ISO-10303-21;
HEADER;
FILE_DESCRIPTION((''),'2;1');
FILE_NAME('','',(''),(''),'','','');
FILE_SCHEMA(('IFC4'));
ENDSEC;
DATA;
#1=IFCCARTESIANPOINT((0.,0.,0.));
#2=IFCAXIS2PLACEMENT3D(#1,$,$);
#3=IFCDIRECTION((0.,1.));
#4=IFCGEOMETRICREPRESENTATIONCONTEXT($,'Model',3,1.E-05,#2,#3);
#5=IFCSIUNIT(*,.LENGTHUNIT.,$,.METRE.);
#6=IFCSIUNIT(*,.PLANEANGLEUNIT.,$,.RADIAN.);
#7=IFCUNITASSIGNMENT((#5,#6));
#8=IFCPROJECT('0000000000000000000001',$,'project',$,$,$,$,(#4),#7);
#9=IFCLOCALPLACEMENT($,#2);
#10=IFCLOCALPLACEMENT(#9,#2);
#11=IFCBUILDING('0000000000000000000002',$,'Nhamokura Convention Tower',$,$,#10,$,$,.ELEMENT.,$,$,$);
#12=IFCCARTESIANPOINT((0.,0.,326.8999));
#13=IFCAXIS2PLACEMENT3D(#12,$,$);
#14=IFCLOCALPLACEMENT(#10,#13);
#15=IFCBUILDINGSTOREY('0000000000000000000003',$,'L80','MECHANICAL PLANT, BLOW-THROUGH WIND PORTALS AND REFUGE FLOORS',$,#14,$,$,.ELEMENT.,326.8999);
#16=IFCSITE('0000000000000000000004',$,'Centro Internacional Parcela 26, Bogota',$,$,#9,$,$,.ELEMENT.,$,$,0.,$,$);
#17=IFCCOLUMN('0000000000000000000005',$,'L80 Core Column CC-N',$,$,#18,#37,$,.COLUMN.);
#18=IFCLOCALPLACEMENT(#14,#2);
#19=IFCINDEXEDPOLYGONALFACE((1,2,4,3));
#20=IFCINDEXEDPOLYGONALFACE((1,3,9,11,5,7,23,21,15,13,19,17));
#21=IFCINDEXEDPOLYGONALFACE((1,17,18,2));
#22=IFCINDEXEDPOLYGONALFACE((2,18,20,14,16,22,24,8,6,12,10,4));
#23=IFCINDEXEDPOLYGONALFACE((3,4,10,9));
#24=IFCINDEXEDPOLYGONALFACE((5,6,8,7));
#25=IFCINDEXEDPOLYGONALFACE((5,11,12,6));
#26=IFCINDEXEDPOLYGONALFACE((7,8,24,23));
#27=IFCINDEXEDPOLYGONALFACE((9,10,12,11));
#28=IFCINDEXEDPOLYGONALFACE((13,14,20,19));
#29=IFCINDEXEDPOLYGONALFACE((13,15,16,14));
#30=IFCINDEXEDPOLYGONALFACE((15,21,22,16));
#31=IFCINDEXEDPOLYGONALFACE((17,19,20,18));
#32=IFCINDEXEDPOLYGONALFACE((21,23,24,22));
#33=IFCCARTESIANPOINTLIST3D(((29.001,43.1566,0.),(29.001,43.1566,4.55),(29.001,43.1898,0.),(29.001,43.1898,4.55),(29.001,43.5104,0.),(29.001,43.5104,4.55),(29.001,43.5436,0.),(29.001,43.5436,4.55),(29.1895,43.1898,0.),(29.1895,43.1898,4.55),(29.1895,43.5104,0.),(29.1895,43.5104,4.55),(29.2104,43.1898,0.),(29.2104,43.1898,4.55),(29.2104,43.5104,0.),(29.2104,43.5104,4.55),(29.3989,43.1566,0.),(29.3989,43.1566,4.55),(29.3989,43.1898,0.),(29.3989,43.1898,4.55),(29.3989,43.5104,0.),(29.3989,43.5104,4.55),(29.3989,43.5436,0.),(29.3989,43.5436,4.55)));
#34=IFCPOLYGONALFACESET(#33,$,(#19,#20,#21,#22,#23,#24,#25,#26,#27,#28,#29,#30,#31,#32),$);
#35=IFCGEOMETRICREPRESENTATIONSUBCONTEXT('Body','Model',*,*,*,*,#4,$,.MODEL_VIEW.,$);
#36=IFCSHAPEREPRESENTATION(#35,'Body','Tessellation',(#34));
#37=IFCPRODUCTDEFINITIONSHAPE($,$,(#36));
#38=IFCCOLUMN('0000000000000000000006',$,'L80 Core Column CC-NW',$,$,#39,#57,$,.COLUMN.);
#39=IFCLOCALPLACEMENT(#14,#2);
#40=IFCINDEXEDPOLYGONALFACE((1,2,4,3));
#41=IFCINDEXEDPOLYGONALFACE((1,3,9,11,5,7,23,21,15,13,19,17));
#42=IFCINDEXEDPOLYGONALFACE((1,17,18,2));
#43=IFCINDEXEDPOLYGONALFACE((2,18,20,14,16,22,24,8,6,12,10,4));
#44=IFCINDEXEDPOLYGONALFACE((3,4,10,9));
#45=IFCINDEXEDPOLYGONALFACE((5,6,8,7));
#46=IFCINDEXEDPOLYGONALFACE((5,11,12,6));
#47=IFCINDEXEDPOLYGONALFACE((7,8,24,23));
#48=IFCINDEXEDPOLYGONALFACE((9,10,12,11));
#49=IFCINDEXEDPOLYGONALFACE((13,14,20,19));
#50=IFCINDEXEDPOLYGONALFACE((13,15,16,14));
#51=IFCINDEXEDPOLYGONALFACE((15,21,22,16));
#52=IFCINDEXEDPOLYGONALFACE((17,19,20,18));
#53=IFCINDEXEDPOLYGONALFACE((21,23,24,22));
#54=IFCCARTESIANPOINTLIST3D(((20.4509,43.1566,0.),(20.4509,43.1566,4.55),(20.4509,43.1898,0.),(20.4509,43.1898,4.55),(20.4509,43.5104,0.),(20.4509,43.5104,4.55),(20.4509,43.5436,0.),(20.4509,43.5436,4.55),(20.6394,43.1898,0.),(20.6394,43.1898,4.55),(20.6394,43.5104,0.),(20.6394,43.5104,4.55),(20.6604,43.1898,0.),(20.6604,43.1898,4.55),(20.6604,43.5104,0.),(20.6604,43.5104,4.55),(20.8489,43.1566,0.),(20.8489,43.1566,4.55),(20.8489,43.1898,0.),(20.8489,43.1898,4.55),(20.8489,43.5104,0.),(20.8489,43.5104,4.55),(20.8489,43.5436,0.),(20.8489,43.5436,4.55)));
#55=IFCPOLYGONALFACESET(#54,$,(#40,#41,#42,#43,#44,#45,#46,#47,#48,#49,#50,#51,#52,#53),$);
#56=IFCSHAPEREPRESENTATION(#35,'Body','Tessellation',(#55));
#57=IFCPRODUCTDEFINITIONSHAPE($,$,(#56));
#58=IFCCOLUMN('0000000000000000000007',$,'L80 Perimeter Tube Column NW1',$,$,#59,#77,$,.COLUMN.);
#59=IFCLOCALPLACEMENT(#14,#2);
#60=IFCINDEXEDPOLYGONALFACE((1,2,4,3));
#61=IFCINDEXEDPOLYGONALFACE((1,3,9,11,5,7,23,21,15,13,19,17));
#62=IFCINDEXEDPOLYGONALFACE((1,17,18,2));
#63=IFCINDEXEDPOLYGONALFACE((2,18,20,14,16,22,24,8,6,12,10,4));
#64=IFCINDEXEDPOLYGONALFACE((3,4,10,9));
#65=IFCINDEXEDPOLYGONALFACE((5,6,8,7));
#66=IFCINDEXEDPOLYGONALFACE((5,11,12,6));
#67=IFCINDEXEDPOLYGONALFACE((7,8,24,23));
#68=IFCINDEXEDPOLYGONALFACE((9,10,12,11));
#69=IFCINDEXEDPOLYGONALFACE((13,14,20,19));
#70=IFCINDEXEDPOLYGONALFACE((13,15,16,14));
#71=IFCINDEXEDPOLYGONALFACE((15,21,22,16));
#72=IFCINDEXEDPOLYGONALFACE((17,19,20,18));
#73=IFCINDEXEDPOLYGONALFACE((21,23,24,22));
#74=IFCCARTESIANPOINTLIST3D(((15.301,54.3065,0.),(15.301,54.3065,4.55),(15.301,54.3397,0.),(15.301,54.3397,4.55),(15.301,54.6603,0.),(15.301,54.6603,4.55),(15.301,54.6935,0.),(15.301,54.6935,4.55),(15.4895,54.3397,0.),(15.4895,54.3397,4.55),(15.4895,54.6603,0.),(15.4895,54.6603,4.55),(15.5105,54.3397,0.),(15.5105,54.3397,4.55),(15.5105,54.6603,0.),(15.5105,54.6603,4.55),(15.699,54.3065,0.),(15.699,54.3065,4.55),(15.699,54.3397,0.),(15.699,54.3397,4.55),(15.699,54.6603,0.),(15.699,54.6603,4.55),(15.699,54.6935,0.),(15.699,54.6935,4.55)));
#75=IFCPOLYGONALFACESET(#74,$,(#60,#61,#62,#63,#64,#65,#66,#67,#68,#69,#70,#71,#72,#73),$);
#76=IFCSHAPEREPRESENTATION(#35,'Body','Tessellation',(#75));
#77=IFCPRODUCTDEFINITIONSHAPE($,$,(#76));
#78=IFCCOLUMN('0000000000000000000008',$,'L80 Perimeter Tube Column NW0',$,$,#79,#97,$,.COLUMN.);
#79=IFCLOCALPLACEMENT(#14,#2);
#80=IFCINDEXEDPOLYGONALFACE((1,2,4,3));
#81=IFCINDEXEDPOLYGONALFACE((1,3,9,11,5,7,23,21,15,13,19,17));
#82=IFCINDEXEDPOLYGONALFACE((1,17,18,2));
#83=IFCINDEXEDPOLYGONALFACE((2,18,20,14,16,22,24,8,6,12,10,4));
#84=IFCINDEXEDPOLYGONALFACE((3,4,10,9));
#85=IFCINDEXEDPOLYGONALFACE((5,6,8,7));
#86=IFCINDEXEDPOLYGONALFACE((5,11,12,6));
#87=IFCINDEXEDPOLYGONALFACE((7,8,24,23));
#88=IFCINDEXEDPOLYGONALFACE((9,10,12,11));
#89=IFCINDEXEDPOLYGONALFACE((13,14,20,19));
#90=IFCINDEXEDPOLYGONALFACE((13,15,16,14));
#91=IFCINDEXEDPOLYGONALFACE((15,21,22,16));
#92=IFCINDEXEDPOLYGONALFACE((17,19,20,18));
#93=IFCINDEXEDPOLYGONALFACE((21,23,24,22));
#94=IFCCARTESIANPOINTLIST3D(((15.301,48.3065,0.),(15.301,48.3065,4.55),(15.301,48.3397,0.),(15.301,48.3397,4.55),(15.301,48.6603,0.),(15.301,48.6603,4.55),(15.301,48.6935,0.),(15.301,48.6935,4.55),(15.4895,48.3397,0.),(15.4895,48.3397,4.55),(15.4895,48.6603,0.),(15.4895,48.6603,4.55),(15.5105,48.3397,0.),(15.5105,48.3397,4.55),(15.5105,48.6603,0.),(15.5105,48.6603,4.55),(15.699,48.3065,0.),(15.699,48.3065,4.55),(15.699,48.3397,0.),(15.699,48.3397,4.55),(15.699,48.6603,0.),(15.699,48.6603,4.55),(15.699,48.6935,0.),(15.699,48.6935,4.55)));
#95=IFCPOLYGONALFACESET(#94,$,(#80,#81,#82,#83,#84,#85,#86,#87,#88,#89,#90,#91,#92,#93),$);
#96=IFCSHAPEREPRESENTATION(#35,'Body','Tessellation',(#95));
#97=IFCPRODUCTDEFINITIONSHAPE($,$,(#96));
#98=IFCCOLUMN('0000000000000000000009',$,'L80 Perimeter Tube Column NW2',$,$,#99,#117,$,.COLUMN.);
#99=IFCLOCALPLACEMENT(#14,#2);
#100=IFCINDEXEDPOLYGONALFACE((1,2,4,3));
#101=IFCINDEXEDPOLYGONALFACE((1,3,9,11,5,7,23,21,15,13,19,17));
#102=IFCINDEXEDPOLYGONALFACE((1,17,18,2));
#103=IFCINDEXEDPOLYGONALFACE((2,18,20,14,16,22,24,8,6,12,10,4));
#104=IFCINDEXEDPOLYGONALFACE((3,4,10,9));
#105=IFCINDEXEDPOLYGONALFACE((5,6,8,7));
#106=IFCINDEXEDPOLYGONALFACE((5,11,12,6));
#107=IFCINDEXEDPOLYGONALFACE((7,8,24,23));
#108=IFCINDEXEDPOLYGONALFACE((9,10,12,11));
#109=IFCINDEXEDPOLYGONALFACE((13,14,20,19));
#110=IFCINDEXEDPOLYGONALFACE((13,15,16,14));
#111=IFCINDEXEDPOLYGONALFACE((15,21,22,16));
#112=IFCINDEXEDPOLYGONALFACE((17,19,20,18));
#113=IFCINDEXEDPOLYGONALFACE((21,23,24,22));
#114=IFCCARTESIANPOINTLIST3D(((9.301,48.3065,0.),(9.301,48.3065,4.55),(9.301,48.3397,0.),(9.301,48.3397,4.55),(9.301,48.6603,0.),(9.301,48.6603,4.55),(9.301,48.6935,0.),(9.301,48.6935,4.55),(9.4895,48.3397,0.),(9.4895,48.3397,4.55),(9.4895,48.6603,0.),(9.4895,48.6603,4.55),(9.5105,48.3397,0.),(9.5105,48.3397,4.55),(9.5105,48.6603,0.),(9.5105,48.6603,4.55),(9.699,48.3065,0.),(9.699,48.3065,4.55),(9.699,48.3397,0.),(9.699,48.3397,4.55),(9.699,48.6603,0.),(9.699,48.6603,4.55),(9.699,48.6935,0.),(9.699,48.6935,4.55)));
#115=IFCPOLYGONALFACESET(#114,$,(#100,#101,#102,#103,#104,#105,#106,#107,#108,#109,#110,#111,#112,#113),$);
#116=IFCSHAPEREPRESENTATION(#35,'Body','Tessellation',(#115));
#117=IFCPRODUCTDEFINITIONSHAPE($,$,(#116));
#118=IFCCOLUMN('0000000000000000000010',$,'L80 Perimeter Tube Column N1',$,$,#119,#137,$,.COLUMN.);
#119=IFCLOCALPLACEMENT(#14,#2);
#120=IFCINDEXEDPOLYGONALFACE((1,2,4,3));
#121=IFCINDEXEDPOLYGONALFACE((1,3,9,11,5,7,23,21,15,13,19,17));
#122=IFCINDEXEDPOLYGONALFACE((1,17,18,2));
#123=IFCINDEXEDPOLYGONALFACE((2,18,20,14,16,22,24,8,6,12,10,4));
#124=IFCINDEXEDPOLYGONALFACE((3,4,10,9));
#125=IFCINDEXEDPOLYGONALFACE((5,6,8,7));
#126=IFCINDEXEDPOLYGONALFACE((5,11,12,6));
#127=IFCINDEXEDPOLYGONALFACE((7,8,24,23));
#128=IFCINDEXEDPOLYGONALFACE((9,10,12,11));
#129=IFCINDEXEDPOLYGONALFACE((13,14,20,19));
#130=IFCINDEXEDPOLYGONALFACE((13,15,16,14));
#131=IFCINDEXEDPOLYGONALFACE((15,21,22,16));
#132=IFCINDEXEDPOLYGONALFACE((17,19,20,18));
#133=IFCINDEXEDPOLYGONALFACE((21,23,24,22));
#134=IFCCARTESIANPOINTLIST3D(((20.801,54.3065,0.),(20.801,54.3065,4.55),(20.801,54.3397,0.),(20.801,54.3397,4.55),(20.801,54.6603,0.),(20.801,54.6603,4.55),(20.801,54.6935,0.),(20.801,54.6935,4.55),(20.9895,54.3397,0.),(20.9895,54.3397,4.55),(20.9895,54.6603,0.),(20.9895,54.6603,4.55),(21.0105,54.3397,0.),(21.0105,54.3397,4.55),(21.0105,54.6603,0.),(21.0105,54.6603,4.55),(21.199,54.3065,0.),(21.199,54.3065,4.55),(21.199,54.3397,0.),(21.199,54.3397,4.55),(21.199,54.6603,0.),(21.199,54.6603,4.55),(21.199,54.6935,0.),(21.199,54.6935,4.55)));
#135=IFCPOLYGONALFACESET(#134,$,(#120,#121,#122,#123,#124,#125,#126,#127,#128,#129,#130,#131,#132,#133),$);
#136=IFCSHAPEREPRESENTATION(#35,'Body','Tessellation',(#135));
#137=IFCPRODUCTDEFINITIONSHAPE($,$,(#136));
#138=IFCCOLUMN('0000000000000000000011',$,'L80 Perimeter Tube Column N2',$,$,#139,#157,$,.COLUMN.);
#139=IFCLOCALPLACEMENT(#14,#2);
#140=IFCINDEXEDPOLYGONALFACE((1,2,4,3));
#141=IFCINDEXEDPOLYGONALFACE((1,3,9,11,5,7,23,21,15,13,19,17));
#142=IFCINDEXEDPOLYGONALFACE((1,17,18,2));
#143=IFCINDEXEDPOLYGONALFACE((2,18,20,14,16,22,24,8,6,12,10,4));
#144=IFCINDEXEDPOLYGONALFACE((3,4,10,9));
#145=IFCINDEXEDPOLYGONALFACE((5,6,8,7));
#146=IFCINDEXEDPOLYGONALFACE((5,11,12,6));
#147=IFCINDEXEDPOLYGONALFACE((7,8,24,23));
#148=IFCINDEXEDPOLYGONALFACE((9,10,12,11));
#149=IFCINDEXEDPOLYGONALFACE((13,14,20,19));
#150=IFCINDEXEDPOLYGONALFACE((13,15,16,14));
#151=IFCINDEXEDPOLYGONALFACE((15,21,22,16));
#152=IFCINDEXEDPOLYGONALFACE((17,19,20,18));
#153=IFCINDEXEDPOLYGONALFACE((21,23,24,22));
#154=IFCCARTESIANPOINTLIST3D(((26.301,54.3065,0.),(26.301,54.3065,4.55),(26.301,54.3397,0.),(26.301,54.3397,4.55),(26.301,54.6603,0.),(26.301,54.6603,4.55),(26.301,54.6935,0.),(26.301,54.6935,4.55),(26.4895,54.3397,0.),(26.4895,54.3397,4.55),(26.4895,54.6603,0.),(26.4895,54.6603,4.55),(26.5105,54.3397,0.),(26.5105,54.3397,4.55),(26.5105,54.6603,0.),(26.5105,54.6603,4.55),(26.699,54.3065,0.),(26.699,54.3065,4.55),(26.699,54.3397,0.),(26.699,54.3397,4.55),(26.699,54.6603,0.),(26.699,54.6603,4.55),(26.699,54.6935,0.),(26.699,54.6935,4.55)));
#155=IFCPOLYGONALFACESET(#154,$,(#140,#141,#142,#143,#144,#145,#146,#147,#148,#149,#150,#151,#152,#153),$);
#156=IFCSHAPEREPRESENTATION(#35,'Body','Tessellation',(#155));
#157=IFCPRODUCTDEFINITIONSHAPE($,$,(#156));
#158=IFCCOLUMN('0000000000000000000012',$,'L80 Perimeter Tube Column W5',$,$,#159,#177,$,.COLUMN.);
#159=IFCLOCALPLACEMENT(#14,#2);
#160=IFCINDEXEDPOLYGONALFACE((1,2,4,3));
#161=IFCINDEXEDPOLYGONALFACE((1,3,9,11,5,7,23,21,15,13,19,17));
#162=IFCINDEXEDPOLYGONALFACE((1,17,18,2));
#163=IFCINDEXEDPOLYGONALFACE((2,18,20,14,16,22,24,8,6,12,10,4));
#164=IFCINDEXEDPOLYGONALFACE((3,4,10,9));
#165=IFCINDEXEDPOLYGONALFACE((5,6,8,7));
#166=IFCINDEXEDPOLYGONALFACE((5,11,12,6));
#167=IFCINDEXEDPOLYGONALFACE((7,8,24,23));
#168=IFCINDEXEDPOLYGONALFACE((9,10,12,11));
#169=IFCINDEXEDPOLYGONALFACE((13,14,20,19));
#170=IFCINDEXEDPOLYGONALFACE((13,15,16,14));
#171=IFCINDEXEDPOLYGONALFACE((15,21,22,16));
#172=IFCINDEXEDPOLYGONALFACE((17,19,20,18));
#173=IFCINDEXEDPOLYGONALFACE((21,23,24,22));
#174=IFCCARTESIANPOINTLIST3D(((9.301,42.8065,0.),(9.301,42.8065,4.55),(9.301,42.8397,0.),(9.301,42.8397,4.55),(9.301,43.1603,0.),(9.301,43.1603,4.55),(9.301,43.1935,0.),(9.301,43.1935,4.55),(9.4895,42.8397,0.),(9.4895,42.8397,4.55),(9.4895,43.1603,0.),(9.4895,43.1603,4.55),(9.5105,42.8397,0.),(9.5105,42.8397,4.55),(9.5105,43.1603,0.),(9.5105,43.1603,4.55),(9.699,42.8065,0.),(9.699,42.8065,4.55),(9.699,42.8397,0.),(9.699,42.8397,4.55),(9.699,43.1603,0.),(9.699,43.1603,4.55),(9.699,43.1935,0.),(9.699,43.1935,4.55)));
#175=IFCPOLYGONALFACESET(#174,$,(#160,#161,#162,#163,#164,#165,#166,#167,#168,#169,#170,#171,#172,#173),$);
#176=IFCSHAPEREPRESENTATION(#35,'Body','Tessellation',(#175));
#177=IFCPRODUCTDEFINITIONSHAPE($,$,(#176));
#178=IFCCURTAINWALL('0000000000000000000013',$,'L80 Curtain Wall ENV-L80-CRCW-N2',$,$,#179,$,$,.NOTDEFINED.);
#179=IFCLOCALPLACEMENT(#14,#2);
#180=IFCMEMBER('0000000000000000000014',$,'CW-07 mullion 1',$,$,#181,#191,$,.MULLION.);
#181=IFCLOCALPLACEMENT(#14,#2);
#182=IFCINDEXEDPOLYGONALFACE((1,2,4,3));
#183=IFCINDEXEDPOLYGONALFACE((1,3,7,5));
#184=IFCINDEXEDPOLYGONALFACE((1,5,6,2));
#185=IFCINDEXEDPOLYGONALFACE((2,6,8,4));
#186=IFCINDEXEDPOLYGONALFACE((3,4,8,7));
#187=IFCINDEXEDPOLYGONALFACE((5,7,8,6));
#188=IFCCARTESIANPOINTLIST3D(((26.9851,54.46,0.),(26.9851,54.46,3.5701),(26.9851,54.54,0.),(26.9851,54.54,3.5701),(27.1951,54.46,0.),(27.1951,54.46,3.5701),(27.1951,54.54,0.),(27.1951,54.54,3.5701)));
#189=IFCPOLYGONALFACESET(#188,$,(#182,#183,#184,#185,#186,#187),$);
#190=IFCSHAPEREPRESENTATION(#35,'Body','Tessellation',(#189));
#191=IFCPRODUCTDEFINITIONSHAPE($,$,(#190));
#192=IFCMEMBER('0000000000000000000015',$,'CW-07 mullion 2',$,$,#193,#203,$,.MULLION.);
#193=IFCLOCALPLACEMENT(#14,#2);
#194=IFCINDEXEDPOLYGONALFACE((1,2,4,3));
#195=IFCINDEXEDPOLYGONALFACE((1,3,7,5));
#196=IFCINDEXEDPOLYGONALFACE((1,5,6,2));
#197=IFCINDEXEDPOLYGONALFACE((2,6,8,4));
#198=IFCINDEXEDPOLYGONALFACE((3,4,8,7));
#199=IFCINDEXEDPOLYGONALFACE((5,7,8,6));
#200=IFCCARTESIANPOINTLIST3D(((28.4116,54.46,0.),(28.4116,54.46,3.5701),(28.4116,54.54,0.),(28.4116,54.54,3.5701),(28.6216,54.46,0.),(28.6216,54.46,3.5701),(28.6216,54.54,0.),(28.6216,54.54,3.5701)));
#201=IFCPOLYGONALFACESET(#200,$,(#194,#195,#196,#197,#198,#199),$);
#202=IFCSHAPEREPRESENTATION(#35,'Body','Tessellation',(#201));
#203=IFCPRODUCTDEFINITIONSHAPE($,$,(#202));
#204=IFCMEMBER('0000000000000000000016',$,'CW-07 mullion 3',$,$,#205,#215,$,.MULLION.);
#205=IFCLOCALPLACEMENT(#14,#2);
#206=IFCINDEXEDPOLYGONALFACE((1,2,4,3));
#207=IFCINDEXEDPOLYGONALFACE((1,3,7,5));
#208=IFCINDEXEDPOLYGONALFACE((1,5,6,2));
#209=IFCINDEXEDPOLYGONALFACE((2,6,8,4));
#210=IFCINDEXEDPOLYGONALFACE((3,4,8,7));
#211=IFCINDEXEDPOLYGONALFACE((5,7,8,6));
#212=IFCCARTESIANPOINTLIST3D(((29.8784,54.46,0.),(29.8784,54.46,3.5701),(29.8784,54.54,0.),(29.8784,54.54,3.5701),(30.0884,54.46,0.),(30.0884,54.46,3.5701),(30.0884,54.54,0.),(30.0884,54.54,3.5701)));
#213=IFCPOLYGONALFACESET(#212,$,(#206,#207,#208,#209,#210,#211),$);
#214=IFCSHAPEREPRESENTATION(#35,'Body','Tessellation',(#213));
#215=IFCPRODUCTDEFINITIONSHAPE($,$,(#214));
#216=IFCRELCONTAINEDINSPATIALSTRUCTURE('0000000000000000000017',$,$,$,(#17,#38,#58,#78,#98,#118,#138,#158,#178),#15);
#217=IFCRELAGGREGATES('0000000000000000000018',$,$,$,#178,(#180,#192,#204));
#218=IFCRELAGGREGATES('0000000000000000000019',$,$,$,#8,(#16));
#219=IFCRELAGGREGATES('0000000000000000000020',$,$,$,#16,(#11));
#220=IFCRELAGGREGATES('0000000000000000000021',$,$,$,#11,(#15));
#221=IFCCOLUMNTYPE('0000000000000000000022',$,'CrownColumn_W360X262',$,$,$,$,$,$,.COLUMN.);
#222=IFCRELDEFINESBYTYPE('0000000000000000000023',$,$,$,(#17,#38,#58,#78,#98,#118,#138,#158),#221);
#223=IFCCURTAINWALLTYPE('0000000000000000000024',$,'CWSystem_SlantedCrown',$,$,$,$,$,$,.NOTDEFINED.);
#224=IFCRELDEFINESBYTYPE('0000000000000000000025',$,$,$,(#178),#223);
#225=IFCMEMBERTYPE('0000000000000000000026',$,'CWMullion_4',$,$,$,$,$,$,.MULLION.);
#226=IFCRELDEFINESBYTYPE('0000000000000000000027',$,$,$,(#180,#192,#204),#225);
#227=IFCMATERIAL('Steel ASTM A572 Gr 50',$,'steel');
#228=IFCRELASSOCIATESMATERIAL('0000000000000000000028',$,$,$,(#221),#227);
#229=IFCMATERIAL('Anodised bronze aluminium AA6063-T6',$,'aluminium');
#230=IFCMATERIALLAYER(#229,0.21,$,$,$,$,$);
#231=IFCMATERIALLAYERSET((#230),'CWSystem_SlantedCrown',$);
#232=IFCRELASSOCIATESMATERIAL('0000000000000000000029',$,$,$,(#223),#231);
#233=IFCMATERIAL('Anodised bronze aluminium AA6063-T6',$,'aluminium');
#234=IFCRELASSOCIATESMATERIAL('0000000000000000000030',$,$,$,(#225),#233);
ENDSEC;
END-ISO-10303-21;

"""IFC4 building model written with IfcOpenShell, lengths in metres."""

from ifc_helpers import new_model, si_unit, direction, frame, origin, origin_2d, place, context, subcontext, project, spatial, rectangle, i_section, extrude, material, layer, layer_set, material_profile, profile_set, type_object, element, aggregate, save


model = new_model("IFC4")

# Units and contexts
model_context = context("Model", 3, precision=1e-05, world=origin(), true_north=direction((0.0, 1.0)))
body_context = subcontext(model_context, "Body", "Model", "MODEL_VIEW")
ifc_project = project(units=[si_unit("LENGTHUNIT", "METRE"), si_unit("PLANEANGLEUNIT", "RADIAN")], contexts=[model_context])

# Site, building, storey
site_placement = place(None, origin())
site = spatial("IfcSite", under=ifc_project, at=site_placement, Name="Centro Internacional Parcela 26, Bogota", CompositionType="ELEMENT", RefElevation=0.0)
building_placement = place(site_placement, origin())
building = spatial("IfcBuilding", under=site, at=building_placement, Name="Nhamokura Convention Tower", CompositionType="ELEMENT")
storey_placement = place(building_placement, frame((0.0, 0.0, 326.8999)))
storey = spatial("IfcBuildingStorey", under=building, at=storey_placement, Name="L80", Description="MECHANICAL PLANT, BLOW-THROUGH WIND PORTALS AND REFUGE FLOORS", CompositionType="ELEMENT", Elevation=326.8999)

# Columns
ifc_material_1 = material(Name="Steel ASTM A572 Gr 50", Category="steel")
ifc_material_profile_1 = material_profile(ifc_material_1, i_section(OverallWidth=0.3979, OverallDepth=0.387, WebThickness=0.021, FlangeThickness=0.0332, at=origin_2d()))
ifc_profile_set_1 = profile_set([ifc_material_profile_1], Name="Steel ASTM A572 Gr 50")
column_type = type_object("IfcColumnType", Name="CrownColumn_W360X262", PredefinedType="COLUMN", material=ifc_profile_set_1)
for number, where, z_axis, x_axis, name in (
    (1, (29.2, 43.3501, 0.0), (0.0, 0.0, 1.0), (1.0, 0.0, 0.0), "L80 Core Column CC-N"),
    (2, (20.6499, 43.3501, 0.0), (0.0, 0.0, 1.0), (1.0, 0.0, 0.0), "L80 Core Column CC-NW"),
    (3, (15.5, 54.5, 0.0), (0.0, 0.0, 1.0), (1.0, 0.0, 0.0), "L80 Perimeter Tube Column NW1"),
    (4, (15.5, 48.5, 0.0), (0.0, 0.0, 1.0), (1.0, 0.0, 0.0), "L80 Perimeter Tube Column NW0"),
    (5, (9.5, 48.5, 0.0), (0.0, 0.0, 1.0), (1.0, 0.0, 0.0), "L80 Perimeter Tube Column NW2"),
    (6, (21.0, 54.5, 0.0), (0.0, 0.0, 1.0), (1.0, 0.0, 0.0), "L80 Perimeter Tube Column N1"),
    (7, (26.5, 54.5, 0.0), (0.0, 0.0, 1.0), (1.0, 0.0, 0.0), "L80 Perimeter Tube Column N2"),
    (8, (9.5, 43.0, 0.0), (0.0, 0.0, 1.0), (1.0, 0.0, 0.0), "L80 Perimeter Tube Column W5"),
):
    element("IfcColumn", number, at=place(storey_placement, frame(where, z_axis=z_axis, x_axis=x_axis)), inside=storey, type_object=column_type, Name=name, PredefinedType="COLUMN", context=body_context, shape_type="SweptSolid", body=[
        extrude(i_section(OverallWidth=0.3979, OverallDepth=0.387, WebThickness=0.021, FlangeThickness=0.0332, at=origin_2d()), origin(), (0.0, 0.0, 1.0), 4.55),
    ])

# Curtain wall, members
ifc_material_2 = material(Name="Anodised bronze aluminium AA6063-T6", Category="aluminium")
ifc_layer_1 = layer(ifc_material_2, 0.21)
ifc_layer_set_1 = layer_set([ifc_layer_1], Name="CWSystem_SlantedCrown")
curtain_wall_type = type_object("IfcCurtainWallType", Name="CWSystem_SlantedCrown", PredefinedType="NOTDEFINED", material=ifc_layer_set_1)
curtain_wall_placement = place(storey_placement, origin())
curtain_wall = element("IfcCurtainWall", 9, at=curtain_wall_placement, inside=storey, type_object=curtain_wall_type, Name="L80 Curtain Wall ENV-L80-CRCW-N2", PredefinedType="NOTDEFINED")
ifc_material_3 = material(Name="Anodised bronze aluminium AA6063-T6", Category="aluminium")
ifc_material_profile_2 = material_profile(ifc_material_3, rectangle(XDim=0.0801, YDim=0.21, at=origin_2d()))
ifc_profile_set_2 = profile_set([ifc_material_profile_2], Name="Anodised bronze aluminium AA6063-T6")
member_type_1 = type_object("IfcMemberType", Name="CWMullion_4", PredefinedType="MULLION", material=ifc_profile_set_2)
member_1_placement = place(storey_placement, frame((27.0901, 54.5, 0.0), z_axis=(0.0, 0.0, 1.0), x_axis=(0.0, 1.0, 0.0)))
member_1 = element("IfcMember", 10, at=member_1_placement, type_object=member_type_1, Name="CW-07 mullion 1", PredefinedType="MULLION", context=body_context, shape_type="SweptSolid", body=[
    extrude(rectangle(XDim=0.0801, YDim=0.21, at=origin_2d()), origin(), (0.0, 0.0, 1.0), 3.5701),
])
member_2_placement = place(storey_placement, frame((28.5166, 54.5, 0.0), z_axis=(0.0, 0.0, 1.0), x_axis=(0.0, 1.0, 0.0)))
member_2 = element("IfcMember", 11, at=member_2_placement, type_object=member_type_1, Name="CW-07 mullion 2", PredefinedType="MULLION", context=body_context, shape_type="SweptSolid", body=[
    extrude(rectangle(XDim=0.0801, YDim=0.21, at=origin_2d()), origin(), (0.0, 0.0, 1.0), 3.5701),
])
member_3_placement = place(storey_placement, frame((29.9834, 54.5, 0.0), z_axis=(0.0, 0.0, 1.0), x_axis=(0.0, 1.0, 0.0)))
member_3 = element("IfcMember", 12, at=member_3_placement, type_object=member_type_1, Name="CW-07 mullion 3", PredefinedType="MULLION", context=body_context, shape_type="SweptSolid", body=[
    extrude(rectangle(XDim=0.0801, YDim=0.21, at=origin_2d()), origin(), (0.0, 0.0, 1.0), 3.5701),
])
aggregate(curtain_wall, [member_1, member_2, member_3])

save(model, "model.ifc")
